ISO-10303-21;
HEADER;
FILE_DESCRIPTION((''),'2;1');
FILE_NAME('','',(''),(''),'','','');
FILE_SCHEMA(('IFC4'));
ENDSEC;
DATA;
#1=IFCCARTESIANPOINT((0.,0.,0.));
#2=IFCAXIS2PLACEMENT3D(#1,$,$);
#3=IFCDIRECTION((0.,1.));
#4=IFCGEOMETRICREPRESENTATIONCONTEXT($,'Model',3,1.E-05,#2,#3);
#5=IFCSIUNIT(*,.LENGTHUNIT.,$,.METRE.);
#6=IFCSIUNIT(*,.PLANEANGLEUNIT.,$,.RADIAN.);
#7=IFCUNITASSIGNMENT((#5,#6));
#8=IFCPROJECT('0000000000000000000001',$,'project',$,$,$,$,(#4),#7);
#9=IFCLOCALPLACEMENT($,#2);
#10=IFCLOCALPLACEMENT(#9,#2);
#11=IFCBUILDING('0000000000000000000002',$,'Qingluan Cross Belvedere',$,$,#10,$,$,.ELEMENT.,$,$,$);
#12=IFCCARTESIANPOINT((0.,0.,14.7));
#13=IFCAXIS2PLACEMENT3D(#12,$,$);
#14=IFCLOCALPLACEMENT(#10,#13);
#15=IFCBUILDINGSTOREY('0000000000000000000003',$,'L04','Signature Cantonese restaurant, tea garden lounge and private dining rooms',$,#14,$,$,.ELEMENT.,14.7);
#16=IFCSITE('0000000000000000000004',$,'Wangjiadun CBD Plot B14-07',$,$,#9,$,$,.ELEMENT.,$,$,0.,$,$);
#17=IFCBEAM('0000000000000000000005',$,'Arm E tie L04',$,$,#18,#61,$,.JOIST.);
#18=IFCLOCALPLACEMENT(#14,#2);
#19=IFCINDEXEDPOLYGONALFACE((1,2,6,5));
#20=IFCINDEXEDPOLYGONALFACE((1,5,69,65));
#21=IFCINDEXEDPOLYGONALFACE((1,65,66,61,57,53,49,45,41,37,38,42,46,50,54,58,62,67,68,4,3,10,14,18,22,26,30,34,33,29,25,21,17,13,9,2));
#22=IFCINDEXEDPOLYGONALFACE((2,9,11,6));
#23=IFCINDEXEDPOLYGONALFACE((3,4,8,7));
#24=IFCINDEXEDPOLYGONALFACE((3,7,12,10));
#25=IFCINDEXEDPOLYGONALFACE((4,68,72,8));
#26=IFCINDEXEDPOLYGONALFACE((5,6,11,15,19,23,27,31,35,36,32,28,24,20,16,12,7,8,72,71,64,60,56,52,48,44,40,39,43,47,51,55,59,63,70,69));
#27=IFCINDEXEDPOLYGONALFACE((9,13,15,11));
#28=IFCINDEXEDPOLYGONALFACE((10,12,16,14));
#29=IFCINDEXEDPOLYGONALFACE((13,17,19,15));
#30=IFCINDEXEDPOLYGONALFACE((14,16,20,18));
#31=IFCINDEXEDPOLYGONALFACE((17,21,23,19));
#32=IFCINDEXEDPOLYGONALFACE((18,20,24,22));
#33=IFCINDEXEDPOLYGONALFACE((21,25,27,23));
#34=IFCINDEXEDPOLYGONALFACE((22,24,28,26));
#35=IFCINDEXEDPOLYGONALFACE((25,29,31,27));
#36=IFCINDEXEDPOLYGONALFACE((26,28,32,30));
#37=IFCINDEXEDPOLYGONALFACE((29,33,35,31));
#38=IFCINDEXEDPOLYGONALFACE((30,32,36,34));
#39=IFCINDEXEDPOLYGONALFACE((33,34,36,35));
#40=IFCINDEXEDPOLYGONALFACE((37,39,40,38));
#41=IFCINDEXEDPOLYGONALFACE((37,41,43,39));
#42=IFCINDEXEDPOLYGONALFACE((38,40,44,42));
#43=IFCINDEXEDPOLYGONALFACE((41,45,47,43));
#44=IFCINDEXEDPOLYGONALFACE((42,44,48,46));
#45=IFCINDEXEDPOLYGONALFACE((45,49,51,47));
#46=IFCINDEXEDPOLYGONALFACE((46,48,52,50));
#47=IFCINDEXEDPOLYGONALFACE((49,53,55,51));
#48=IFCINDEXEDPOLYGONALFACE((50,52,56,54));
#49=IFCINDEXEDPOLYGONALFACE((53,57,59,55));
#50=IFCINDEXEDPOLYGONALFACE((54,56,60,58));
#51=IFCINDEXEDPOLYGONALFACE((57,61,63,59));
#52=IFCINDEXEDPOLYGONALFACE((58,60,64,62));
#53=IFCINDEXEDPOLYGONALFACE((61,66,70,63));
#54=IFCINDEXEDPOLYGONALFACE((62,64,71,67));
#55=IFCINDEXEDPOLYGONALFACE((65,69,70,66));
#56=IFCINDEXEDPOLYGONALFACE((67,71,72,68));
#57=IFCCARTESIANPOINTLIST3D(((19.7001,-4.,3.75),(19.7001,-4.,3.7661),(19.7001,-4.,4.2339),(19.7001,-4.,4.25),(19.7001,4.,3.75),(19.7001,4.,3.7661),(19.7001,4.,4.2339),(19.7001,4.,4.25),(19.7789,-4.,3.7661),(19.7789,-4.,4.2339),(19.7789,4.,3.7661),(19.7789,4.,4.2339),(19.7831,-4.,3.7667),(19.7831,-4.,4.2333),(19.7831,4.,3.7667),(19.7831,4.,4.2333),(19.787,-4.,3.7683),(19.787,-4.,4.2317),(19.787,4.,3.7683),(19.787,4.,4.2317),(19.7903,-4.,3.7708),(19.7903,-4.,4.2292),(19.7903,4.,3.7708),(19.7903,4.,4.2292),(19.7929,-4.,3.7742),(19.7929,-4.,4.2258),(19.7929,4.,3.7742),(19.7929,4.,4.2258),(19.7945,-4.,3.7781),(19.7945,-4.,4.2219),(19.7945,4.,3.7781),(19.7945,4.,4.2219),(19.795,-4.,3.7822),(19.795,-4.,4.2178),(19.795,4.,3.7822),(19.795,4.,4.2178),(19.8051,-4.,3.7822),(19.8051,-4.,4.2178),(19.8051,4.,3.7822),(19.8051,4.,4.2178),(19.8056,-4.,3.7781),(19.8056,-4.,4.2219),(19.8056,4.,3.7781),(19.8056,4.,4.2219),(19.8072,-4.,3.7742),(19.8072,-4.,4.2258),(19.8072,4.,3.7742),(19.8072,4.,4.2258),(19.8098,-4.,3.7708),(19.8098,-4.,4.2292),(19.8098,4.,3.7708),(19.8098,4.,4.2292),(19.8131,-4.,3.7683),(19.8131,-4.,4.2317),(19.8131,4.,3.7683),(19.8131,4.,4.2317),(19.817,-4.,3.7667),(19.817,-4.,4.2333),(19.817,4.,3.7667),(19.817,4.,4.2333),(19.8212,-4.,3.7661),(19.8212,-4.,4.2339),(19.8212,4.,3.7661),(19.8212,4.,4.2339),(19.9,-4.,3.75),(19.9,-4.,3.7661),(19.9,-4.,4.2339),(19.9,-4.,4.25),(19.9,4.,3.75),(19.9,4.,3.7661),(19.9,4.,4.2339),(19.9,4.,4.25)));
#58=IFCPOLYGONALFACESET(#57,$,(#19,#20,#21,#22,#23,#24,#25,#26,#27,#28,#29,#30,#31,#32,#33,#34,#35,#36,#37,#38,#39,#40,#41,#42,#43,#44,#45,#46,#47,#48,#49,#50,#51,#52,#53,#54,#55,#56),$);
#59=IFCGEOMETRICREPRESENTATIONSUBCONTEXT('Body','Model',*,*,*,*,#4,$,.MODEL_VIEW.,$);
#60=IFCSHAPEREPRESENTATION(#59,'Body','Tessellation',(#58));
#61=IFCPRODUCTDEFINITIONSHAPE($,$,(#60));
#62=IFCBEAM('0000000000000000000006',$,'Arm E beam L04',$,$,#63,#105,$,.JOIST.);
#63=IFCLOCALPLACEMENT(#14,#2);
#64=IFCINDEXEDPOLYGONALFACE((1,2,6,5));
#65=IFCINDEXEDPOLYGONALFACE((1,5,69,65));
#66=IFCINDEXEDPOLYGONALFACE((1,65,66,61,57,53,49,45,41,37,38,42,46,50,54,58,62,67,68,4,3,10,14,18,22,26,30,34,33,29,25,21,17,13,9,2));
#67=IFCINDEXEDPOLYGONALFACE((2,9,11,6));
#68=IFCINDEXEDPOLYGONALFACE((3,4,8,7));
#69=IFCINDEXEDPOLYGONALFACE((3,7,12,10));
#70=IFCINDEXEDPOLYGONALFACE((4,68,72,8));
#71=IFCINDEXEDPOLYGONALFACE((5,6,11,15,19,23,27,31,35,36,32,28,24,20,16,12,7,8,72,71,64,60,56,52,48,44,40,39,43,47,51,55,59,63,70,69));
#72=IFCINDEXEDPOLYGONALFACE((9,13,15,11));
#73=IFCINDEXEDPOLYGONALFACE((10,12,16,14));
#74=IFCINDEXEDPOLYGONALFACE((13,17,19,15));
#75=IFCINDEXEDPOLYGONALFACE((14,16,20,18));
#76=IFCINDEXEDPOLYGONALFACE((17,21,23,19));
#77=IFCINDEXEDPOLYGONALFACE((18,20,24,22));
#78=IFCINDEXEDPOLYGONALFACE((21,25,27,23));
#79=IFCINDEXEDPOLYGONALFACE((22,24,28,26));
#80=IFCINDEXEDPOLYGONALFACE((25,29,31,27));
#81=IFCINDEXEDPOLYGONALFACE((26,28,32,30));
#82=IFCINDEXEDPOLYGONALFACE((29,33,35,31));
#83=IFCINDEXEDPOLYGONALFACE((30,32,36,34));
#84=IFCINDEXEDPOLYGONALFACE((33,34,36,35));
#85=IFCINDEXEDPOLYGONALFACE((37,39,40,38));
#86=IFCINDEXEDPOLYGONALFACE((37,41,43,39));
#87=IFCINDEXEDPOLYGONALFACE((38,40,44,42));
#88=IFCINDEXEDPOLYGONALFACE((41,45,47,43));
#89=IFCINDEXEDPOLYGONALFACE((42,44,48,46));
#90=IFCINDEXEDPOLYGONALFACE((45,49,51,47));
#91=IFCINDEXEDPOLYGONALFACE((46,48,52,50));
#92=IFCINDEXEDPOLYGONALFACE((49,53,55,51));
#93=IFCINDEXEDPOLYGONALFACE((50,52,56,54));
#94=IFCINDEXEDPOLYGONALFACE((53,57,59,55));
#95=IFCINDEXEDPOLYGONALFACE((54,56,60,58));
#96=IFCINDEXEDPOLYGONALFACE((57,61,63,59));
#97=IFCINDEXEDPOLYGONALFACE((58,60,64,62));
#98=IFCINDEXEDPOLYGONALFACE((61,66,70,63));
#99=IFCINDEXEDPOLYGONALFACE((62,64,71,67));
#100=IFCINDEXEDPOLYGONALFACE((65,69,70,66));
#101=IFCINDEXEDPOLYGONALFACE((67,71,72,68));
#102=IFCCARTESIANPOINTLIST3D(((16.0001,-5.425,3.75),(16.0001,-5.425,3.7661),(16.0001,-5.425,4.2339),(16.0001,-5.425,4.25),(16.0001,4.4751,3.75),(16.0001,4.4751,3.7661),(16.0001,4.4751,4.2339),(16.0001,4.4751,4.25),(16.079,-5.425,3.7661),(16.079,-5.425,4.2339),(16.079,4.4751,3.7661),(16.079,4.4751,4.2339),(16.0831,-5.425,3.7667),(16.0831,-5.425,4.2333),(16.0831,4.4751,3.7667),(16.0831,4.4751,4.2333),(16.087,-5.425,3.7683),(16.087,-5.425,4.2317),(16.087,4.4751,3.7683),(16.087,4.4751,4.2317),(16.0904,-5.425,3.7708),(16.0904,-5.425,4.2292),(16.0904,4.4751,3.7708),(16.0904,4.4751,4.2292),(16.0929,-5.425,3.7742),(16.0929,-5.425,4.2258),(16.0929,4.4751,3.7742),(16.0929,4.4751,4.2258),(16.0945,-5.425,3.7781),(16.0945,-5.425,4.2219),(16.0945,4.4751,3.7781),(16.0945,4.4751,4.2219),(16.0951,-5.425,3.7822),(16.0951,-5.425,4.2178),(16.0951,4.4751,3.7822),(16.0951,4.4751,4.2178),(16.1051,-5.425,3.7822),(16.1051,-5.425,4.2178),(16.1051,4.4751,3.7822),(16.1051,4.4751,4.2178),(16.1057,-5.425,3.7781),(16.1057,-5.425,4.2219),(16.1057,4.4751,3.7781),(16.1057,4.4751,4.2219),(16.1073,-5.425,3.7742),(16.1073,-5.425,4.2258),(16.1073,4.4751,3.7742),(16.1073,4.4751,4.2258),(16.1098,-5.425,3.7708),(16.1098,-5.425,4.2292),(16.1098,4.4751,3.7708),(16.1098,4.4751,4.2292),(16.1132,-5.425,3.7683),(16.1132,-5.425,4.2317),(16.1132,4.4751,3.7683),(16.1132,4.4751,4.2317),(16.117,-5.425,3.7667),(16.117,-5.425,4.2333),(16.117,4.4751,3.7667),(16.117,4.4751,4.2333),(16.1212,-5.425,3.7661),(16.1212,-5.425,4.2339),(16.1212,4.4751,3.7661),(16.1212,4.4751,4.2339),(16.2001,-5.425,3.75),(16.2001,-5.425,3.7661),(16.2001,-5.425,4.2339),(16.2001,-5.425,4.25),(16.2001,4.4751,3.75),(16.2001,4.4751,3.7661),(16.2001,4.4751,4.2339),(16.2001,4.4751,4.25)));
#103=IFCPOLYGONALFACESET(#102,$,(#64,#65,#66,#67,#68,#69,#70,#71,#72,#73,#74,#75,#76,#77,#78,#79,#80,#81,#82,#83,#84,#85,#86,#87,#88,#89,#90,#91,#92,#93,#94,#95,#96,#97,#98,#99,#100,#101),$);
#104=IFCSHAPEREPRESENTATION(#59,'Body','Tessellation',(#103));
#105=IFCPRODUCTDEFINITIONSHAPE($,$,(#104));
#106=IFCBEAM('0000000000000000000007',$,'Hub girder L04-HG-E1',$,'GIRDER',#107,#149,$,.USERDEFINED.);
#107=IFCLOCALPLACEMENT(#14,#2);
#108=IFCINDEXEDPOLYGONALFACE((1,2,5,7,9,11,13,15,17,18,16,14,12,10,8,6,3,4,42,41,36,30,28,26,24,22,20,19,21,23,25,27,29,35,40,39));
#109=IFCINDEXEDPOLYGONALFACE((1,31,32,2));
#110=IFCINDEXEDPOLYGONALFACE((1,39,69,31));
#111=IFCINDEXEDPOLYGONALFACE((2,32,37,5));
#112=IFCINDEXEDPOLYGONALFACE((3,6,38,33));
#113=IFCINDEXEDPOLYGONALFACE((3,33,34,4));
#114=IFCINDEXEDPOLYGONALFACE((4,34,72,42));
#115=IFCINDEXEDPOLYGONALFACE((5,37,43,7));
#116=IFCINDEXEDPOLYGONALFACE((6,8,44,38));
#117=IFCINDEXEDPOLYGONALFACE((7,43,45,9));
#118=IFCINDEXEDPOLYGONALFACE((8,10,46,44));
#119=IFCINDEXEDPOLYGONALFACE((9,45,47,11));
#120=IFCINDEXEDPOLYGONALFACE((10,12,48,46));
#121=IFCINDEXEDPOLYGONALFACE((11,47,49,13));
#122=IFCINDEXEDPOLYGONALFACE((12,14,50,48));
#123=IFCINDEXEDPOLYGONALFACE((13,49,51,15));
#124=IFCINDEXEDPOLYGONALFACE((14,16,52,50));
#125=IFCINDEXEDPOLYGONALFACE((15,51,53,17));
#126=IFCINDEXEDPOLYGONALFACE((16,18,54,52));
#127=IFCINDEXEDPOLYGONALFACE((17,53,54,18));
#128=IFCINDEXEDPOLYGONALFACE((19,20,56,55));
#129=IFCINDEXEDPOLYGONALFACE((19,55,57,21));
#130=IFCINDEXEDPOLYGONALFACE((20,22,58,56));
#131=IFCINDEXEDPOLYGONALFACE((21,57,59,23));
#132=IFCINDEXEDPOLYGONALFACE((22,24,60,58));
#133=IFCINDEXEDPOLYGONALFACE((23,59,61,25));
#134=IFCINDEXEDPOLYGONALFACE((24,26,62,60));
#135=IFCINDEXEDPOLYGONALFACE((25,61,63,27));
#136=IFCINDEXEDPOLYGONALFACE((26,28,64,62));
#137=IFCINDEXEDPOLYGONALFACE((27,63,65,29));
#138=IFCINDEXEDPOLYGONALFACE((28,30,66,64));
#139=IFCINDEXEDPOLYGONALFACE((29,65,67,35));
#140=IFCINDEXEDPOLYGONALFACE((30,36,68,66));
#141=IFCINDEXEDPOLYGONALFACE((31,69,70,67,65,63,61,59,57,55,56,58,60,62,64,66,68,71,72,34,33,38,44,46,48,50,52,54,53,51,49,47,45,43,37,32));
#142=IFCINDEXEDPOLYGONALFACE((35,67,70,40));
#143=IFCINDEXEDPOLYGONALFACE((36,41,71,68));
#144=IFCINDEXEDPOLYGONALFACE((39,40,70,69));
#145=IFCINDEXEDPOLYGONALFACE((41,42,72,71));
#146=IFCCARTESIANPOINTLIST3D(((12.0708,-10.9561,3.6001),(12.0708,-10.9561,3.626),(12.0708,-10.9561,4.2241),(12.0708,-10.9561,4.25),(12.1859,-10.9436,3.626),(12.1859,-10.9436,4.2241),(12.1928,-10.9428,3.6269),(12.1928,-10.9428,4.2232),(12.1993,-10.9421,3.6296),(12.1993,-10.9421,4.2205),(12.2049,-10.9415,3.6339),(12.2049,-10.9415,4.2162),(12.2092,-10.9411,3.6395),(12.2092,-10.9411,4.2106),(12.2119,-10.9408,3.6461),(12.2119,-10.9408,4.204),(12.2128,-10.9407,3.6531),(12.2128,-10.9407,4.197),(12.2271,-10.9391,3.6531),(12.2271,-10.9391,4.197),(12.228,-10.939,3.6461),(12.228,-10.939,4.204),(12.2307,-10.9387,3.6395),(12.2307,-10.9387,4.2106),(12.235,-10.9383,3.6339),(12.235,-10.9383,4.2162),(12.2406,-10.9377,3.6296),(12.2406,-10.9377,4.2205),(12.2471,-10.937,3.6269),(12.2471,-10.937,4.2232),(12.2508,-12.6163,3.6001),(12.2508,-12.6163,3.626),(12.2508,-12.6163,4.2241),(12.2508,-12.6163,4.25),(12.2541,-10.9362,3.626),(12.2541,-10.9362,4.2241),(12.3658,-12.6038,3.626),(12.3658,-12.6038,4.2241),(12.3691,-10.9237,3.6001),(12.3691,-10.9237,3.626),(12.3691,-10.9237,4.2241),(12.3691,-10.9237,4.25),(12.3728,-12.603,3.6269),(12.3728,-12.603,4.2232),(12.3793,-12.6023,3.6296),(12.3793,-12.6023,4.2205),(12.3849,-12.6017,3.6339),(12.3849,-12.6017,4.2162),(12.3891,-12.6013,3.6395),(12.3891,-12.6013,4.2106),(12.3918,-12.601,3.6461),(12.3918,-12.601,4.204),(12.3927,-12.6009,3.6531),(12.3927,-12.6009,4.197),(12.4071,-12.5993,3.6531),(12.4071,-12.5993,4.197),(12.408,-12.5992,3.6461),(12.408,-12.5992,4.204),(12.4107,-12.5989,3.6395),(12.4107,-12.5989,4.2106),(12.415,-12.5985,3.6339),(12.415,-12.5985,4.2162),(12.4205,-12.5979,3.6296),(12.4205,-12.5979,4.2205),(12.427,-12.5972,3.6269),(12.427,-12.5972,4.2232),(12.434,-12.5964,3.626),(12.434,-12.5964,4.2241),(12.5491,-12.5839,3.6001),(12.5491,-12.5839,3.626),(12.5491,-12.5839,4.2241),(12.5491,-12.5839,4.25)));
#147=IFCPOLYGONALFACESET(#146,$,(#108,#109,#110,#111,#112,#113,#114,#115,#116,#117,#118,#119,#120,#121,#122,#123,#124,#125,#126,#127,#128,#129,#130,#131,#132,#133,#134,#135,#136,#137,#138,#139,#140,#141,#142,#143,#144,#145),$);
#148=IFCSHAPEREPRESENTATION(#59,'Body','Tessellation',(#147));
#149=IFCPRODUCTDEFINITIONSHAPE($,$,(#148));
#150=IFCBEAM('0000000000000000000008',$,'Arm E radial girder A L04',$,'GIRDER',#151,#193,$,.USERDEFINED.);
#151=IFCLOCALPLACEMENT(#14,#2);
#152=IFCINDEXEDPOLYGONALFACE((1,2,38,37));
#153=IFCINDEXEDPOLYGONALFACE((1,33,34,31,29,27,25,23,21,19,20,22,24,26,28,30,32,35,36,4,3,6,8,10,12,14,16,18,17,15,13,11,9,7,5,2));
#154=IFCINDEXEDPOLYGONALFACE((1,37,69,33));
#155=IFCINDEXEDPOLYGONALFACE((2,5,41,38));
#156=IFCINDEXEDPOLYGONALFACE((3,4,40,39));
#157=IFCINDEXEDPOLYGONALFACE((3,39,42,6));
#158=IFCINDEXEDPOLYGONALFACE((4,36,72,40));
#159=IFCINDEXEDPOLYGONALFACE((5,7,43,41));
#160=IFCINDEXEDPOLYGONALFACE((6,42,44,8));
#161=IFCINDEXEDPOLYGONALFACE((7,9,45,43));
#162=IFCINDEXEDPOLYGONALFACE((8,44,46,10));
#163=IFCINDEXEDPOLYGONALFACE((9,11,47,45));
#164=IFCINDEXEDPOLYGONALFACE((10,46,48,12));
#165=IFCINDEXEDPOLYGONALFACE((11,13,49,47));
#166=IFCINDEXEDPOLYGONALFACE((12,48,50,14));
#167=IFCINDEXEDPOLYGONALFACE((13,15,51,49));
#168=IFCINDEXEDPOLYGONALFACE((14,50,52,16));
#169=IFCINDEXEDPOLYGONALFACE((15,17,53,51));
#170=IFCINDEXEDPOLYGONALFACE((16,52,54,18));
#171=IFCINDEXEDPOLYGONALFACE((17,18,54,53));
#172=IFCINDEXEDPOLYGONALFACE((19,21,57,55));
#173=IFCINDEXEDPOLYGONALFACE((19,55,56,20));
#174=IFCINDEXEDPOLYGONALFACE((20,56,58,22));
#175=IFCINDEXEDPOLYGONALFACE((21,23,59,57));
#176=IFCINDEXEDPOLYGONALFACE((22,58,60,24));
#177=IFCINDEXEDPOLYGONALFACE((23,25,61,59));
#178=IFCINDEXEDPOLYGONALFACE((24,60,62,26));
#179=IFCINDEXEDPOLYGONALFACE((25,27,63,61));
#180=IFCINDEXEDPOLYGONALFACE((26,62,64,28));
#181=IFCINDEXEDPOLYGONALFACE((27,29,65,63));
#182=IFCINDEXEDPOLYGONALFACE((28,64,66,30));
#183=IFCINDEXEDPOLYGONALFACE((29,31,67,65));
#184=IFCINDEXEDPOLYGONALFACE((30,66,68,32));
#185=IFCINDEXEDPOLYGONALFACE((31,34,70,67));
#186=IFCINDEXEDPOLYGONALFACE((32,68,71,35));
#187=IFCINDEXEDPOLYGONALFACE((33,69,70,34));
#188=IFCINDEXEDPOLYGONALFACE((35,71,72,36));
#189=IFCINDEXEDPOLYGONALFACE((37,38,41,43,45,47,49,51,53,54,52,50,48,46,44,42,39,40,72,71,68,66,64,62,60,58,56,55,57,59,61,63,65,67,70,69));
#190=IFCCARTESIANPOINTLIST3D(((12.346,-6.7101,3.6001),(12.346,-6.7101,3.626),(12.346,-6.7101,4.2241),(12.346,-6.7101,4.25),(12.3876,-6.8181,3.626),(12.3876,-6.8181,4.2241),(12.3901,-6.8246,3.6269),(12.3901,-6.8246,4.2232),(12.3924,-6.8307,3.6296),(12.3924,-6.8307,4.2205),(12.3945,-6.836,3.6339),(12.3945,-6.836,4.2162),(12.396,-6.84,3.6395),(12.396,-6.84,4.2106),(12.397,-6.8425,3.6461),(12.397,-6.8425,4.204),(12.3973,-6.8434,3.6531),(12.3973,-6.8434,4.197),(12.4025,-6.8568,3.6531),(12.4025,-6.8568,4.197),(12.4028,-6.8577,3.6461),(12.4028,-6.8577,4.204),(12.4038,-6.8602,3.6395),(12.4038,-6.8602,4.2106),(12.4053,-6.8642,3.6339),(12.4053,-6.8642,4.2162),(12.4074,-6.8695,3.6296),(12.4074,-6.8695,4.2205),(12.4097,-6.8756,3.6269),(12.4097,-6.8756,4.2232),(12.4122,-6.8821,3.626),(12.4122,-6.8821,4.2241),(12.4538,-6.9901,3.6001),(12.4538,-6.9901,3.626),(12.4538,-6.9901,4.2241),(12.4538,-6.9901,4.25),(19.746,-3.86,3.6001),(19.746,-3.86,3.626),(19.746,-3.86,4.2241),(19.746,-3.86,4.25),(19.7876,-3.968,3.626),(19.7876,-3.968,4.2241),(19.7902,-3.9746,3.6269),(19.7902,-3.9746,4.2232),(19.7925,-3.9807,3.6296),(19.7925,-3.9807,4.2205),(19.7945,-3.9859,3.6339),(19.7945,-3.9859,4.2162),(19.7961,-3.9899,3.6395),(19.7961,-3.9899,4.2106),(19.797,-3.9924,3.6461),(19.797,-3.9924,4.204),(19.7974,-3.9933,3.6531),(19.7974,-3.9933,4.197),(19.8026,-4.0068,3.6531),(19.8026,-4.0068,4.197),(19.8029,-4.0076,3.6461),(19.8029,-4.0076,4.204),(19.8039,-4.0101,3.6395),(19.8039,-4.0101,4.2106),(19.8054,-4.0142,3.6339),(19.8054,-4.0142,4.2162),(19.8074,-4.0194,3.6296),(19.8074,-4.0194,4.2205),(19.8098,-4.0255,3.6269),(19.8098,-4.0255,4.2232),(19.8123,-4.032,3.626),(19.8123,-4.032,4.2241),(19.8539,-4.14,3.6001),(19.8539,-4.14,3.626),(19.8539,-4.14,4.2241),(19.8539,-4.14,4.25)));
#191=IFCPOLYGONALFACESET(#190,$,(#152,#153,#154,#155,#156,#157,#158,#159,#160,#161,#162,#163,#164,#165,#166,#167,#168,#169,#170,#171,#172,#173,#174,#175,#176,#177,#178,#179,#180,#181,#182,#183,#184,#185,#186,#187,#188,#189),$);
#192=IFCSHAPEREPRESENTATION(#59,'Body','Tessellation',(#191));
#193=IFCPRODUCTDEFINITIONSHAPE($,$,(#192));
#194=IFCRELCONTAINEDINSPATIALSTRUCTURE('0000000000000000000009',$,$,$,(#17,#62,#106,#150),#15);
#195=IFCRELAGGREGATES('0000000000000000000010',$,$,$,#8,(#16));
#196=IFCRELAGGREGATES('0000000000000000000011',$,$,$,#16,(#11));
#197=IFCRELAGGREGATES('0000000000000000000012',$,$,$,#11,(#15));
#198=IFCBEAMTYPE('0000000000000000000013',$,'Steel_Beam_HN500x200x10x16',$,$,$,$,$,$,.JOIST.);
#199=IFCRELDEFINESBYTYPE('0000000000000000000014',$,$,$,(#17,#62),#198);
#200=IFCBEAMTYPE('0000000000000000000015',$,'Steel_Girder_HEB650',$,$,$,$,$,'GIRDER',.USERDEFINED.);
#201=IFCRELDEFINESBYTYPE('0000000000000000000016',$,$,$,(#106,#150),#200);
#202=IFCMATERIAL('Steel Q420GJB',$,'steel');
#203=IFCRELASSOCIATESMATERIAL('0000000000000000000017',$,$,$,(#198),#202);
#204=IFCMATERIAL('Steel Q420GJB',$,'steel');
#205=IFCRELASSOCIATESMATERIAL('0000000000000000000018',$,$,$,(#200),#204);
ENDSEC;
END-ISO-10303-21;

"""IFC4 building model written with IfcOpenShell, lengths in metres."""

from ifc_helpers import new_model, si_unit, direction, frame, origin, origin_2d, place, context, subcontext, project, spatial, i_section, extrude, material, material_profile, profile_set, type_object, element, save


model = new_model("IFC4")

# Units and contexts
model_context = context("Model", 3, precision=1e-05, world=origin(), true_north=direction((0.0, 1.0)))
body_context = subcontext(model_context, "Body", "Model", "MODEL_VIEW")
ifc_project = project(units=[si_unit("LENGTHUNIT", "METRE"), si_unit("PLANEANGLEUNIT", "RADIAN")], contexts=[model_context])

# Site, building, storey
site_placement = place(None, origin())
site = spatial("IfcSite", under=ifc_project, at=site_placement, Name="Wangjiadun CBD Plot B14-07", CompositionType="ELEMENT", RefElevation=0.0)
building_placement = place(site_placement, origin())
building = spatial("IfcBuilding", under=site, at=building_placement, Name="Qingluan Cross Belvedere", CompositionType="ELEMENT")
storey_placement = place(building_placement, frame((0.0, 0.0, 14.7)))
storey = spatial("IfcBuildingStorey", under=building, at=storey_placement, Name="L04", Description="Signature Cantonese restaurant, tea garden lounge and private dining rooms", CompositionType="ELEMENT", Elevation=14.7)

# Beams
ifc_material_1 = material(Name="Steel Q420GJB", Category="steel")
ifc_material_profile_1 = material_profile(ifc_material_1, i_section(OverallWidth=0.2, OverallDepth=0.5, WebThickness=0.01, FlangeThickness=0.0161, FilletRadius=0.0161, at=origin_2d()), Name="HN500x200x10x16")
ifc_profile_set_1 = profile_set([ifc_material_profile_1], Name="Steel Q420GJB")
beam_type_1 = type_object("IfcBeamType", Name="Steel_Beam_HN500x200x10x16", PredefinedType="JOIST", material=ifc_profile_set_1)
beam_1_placement = place(storey_placement, frame((19.8, -4.0, 4.0), z_axis=(0.0, 1.0, 0.0), x_axis=(-1.0, 0.0, 0.0)))
element("IfcBeam", 1, at=beam_1_placement, inside=storey, type_object=beam_type_1, Name="Arm E tie L04", PredefinedType="JOIST", context=body_context, shape_type="SweptSolid", body=[
    extrude(i_section(OverallWidth=0.2, OverallDepth=0.5, WebThickness=0.01, FlangeThickness=0.0161, FilletRadius=0.0161, at=origin_2d()), origin(), (0.0, 0.0, 1.0), 8.0),
])
beam_2_placement = place(storey_placement, frame((16.1001, -5.425, 4.0), z_axis=(0.0, 1.0, 0.0), x_axis=(-1.0, 0.0, 0.0)))
element("IfcBeam", 2, at=beam_2_placement, inside=storey, type_object=beam_type_1, Name="Arm E beam L04", PredefinedType="JOIST", context=body_context, shape_type="SweptSolid", body=[
    extrude(i_section(OverallWidth=0.2, OverallDepth=0.5, WebThickness=0.01, FlangeThickness=0.0161, FilletRadius=0.0161, at=origin_2d()), origin(), (0.0, 0.0, 1.0), 9.9001),
])
ifc_material_2 = material(Name="Steel Q420GJB", Category="steel")
ifc_material_profile_2 = material_profile(ifc_material_2, i_section(OverallWidth=0.3, OverallDepth=0.6499, WebThickness=0.0144, FlangeThickness=0.0259, FilletRadius=0.0271, at=origin_2d()), Name="HEB650")
ifc_profile_set_2 = profile_set([ifc_material_profile_2], Name="Steel Q420GJB")
beam_type_2 = type_object("IfcBeamType", Name="Steel_Girder_HEB650", ElementType="GIRDER", PredefinedType="USERDEFINED", material=ifc_profile_set_2)
beam_3_placement = place(storey_placement, frame((12.3999, -12.6001, 3.925), z_axis=(-0.107751, 0.994178, 0.0), x_axis=(-0.994178, -0.107751, 0.0)))
element("IfcBeam", 3, at=beam_3_placement, inside=storey, type_object=beam_type_2, Name="Hub girder L04-HG-E1", ObjectType="GIRDER", PredefinedType="USERDEFINED", context=body_context, shape_type="SweptSolid", body=[
    extrude(i_section(OverallWidth=0.3, OverallDepth=0.6499, WebThickness=0.0144, FlangeThickness=0.0259, FilletRadius=0.0271, at=origin_2d()), origin(), (0.0, 0.0, 1.0), 1.6699),
])
beam_4_placement = place(storey_placement, frame((12.3999, -6.8501, 3.925), z_axis=(0.933181, 0.359406, 0.0), x_axis=(-0.359406, 0.933181, 0.0)))
element("IfcBeam", 4, at=beam_4_placement, inside=storey, type_object=beam_type_2, Name="Arm E radial girder A L04", ObjectType="GIRDER", PredefinedType="USERDEFINED", context=body_context, shape_type="SweptSolid", body=[
    extrude(i_section(OverallWidth=0.3, OverallDepth=0.6499, WebThickness=0.0144, FlangeThickness=0.0259, FilletRadius=0.0271, at=origin_2d()), origin(), (0.0, 0.0, 1.0), 7.9299),
])

save(model, "model.ifc")
